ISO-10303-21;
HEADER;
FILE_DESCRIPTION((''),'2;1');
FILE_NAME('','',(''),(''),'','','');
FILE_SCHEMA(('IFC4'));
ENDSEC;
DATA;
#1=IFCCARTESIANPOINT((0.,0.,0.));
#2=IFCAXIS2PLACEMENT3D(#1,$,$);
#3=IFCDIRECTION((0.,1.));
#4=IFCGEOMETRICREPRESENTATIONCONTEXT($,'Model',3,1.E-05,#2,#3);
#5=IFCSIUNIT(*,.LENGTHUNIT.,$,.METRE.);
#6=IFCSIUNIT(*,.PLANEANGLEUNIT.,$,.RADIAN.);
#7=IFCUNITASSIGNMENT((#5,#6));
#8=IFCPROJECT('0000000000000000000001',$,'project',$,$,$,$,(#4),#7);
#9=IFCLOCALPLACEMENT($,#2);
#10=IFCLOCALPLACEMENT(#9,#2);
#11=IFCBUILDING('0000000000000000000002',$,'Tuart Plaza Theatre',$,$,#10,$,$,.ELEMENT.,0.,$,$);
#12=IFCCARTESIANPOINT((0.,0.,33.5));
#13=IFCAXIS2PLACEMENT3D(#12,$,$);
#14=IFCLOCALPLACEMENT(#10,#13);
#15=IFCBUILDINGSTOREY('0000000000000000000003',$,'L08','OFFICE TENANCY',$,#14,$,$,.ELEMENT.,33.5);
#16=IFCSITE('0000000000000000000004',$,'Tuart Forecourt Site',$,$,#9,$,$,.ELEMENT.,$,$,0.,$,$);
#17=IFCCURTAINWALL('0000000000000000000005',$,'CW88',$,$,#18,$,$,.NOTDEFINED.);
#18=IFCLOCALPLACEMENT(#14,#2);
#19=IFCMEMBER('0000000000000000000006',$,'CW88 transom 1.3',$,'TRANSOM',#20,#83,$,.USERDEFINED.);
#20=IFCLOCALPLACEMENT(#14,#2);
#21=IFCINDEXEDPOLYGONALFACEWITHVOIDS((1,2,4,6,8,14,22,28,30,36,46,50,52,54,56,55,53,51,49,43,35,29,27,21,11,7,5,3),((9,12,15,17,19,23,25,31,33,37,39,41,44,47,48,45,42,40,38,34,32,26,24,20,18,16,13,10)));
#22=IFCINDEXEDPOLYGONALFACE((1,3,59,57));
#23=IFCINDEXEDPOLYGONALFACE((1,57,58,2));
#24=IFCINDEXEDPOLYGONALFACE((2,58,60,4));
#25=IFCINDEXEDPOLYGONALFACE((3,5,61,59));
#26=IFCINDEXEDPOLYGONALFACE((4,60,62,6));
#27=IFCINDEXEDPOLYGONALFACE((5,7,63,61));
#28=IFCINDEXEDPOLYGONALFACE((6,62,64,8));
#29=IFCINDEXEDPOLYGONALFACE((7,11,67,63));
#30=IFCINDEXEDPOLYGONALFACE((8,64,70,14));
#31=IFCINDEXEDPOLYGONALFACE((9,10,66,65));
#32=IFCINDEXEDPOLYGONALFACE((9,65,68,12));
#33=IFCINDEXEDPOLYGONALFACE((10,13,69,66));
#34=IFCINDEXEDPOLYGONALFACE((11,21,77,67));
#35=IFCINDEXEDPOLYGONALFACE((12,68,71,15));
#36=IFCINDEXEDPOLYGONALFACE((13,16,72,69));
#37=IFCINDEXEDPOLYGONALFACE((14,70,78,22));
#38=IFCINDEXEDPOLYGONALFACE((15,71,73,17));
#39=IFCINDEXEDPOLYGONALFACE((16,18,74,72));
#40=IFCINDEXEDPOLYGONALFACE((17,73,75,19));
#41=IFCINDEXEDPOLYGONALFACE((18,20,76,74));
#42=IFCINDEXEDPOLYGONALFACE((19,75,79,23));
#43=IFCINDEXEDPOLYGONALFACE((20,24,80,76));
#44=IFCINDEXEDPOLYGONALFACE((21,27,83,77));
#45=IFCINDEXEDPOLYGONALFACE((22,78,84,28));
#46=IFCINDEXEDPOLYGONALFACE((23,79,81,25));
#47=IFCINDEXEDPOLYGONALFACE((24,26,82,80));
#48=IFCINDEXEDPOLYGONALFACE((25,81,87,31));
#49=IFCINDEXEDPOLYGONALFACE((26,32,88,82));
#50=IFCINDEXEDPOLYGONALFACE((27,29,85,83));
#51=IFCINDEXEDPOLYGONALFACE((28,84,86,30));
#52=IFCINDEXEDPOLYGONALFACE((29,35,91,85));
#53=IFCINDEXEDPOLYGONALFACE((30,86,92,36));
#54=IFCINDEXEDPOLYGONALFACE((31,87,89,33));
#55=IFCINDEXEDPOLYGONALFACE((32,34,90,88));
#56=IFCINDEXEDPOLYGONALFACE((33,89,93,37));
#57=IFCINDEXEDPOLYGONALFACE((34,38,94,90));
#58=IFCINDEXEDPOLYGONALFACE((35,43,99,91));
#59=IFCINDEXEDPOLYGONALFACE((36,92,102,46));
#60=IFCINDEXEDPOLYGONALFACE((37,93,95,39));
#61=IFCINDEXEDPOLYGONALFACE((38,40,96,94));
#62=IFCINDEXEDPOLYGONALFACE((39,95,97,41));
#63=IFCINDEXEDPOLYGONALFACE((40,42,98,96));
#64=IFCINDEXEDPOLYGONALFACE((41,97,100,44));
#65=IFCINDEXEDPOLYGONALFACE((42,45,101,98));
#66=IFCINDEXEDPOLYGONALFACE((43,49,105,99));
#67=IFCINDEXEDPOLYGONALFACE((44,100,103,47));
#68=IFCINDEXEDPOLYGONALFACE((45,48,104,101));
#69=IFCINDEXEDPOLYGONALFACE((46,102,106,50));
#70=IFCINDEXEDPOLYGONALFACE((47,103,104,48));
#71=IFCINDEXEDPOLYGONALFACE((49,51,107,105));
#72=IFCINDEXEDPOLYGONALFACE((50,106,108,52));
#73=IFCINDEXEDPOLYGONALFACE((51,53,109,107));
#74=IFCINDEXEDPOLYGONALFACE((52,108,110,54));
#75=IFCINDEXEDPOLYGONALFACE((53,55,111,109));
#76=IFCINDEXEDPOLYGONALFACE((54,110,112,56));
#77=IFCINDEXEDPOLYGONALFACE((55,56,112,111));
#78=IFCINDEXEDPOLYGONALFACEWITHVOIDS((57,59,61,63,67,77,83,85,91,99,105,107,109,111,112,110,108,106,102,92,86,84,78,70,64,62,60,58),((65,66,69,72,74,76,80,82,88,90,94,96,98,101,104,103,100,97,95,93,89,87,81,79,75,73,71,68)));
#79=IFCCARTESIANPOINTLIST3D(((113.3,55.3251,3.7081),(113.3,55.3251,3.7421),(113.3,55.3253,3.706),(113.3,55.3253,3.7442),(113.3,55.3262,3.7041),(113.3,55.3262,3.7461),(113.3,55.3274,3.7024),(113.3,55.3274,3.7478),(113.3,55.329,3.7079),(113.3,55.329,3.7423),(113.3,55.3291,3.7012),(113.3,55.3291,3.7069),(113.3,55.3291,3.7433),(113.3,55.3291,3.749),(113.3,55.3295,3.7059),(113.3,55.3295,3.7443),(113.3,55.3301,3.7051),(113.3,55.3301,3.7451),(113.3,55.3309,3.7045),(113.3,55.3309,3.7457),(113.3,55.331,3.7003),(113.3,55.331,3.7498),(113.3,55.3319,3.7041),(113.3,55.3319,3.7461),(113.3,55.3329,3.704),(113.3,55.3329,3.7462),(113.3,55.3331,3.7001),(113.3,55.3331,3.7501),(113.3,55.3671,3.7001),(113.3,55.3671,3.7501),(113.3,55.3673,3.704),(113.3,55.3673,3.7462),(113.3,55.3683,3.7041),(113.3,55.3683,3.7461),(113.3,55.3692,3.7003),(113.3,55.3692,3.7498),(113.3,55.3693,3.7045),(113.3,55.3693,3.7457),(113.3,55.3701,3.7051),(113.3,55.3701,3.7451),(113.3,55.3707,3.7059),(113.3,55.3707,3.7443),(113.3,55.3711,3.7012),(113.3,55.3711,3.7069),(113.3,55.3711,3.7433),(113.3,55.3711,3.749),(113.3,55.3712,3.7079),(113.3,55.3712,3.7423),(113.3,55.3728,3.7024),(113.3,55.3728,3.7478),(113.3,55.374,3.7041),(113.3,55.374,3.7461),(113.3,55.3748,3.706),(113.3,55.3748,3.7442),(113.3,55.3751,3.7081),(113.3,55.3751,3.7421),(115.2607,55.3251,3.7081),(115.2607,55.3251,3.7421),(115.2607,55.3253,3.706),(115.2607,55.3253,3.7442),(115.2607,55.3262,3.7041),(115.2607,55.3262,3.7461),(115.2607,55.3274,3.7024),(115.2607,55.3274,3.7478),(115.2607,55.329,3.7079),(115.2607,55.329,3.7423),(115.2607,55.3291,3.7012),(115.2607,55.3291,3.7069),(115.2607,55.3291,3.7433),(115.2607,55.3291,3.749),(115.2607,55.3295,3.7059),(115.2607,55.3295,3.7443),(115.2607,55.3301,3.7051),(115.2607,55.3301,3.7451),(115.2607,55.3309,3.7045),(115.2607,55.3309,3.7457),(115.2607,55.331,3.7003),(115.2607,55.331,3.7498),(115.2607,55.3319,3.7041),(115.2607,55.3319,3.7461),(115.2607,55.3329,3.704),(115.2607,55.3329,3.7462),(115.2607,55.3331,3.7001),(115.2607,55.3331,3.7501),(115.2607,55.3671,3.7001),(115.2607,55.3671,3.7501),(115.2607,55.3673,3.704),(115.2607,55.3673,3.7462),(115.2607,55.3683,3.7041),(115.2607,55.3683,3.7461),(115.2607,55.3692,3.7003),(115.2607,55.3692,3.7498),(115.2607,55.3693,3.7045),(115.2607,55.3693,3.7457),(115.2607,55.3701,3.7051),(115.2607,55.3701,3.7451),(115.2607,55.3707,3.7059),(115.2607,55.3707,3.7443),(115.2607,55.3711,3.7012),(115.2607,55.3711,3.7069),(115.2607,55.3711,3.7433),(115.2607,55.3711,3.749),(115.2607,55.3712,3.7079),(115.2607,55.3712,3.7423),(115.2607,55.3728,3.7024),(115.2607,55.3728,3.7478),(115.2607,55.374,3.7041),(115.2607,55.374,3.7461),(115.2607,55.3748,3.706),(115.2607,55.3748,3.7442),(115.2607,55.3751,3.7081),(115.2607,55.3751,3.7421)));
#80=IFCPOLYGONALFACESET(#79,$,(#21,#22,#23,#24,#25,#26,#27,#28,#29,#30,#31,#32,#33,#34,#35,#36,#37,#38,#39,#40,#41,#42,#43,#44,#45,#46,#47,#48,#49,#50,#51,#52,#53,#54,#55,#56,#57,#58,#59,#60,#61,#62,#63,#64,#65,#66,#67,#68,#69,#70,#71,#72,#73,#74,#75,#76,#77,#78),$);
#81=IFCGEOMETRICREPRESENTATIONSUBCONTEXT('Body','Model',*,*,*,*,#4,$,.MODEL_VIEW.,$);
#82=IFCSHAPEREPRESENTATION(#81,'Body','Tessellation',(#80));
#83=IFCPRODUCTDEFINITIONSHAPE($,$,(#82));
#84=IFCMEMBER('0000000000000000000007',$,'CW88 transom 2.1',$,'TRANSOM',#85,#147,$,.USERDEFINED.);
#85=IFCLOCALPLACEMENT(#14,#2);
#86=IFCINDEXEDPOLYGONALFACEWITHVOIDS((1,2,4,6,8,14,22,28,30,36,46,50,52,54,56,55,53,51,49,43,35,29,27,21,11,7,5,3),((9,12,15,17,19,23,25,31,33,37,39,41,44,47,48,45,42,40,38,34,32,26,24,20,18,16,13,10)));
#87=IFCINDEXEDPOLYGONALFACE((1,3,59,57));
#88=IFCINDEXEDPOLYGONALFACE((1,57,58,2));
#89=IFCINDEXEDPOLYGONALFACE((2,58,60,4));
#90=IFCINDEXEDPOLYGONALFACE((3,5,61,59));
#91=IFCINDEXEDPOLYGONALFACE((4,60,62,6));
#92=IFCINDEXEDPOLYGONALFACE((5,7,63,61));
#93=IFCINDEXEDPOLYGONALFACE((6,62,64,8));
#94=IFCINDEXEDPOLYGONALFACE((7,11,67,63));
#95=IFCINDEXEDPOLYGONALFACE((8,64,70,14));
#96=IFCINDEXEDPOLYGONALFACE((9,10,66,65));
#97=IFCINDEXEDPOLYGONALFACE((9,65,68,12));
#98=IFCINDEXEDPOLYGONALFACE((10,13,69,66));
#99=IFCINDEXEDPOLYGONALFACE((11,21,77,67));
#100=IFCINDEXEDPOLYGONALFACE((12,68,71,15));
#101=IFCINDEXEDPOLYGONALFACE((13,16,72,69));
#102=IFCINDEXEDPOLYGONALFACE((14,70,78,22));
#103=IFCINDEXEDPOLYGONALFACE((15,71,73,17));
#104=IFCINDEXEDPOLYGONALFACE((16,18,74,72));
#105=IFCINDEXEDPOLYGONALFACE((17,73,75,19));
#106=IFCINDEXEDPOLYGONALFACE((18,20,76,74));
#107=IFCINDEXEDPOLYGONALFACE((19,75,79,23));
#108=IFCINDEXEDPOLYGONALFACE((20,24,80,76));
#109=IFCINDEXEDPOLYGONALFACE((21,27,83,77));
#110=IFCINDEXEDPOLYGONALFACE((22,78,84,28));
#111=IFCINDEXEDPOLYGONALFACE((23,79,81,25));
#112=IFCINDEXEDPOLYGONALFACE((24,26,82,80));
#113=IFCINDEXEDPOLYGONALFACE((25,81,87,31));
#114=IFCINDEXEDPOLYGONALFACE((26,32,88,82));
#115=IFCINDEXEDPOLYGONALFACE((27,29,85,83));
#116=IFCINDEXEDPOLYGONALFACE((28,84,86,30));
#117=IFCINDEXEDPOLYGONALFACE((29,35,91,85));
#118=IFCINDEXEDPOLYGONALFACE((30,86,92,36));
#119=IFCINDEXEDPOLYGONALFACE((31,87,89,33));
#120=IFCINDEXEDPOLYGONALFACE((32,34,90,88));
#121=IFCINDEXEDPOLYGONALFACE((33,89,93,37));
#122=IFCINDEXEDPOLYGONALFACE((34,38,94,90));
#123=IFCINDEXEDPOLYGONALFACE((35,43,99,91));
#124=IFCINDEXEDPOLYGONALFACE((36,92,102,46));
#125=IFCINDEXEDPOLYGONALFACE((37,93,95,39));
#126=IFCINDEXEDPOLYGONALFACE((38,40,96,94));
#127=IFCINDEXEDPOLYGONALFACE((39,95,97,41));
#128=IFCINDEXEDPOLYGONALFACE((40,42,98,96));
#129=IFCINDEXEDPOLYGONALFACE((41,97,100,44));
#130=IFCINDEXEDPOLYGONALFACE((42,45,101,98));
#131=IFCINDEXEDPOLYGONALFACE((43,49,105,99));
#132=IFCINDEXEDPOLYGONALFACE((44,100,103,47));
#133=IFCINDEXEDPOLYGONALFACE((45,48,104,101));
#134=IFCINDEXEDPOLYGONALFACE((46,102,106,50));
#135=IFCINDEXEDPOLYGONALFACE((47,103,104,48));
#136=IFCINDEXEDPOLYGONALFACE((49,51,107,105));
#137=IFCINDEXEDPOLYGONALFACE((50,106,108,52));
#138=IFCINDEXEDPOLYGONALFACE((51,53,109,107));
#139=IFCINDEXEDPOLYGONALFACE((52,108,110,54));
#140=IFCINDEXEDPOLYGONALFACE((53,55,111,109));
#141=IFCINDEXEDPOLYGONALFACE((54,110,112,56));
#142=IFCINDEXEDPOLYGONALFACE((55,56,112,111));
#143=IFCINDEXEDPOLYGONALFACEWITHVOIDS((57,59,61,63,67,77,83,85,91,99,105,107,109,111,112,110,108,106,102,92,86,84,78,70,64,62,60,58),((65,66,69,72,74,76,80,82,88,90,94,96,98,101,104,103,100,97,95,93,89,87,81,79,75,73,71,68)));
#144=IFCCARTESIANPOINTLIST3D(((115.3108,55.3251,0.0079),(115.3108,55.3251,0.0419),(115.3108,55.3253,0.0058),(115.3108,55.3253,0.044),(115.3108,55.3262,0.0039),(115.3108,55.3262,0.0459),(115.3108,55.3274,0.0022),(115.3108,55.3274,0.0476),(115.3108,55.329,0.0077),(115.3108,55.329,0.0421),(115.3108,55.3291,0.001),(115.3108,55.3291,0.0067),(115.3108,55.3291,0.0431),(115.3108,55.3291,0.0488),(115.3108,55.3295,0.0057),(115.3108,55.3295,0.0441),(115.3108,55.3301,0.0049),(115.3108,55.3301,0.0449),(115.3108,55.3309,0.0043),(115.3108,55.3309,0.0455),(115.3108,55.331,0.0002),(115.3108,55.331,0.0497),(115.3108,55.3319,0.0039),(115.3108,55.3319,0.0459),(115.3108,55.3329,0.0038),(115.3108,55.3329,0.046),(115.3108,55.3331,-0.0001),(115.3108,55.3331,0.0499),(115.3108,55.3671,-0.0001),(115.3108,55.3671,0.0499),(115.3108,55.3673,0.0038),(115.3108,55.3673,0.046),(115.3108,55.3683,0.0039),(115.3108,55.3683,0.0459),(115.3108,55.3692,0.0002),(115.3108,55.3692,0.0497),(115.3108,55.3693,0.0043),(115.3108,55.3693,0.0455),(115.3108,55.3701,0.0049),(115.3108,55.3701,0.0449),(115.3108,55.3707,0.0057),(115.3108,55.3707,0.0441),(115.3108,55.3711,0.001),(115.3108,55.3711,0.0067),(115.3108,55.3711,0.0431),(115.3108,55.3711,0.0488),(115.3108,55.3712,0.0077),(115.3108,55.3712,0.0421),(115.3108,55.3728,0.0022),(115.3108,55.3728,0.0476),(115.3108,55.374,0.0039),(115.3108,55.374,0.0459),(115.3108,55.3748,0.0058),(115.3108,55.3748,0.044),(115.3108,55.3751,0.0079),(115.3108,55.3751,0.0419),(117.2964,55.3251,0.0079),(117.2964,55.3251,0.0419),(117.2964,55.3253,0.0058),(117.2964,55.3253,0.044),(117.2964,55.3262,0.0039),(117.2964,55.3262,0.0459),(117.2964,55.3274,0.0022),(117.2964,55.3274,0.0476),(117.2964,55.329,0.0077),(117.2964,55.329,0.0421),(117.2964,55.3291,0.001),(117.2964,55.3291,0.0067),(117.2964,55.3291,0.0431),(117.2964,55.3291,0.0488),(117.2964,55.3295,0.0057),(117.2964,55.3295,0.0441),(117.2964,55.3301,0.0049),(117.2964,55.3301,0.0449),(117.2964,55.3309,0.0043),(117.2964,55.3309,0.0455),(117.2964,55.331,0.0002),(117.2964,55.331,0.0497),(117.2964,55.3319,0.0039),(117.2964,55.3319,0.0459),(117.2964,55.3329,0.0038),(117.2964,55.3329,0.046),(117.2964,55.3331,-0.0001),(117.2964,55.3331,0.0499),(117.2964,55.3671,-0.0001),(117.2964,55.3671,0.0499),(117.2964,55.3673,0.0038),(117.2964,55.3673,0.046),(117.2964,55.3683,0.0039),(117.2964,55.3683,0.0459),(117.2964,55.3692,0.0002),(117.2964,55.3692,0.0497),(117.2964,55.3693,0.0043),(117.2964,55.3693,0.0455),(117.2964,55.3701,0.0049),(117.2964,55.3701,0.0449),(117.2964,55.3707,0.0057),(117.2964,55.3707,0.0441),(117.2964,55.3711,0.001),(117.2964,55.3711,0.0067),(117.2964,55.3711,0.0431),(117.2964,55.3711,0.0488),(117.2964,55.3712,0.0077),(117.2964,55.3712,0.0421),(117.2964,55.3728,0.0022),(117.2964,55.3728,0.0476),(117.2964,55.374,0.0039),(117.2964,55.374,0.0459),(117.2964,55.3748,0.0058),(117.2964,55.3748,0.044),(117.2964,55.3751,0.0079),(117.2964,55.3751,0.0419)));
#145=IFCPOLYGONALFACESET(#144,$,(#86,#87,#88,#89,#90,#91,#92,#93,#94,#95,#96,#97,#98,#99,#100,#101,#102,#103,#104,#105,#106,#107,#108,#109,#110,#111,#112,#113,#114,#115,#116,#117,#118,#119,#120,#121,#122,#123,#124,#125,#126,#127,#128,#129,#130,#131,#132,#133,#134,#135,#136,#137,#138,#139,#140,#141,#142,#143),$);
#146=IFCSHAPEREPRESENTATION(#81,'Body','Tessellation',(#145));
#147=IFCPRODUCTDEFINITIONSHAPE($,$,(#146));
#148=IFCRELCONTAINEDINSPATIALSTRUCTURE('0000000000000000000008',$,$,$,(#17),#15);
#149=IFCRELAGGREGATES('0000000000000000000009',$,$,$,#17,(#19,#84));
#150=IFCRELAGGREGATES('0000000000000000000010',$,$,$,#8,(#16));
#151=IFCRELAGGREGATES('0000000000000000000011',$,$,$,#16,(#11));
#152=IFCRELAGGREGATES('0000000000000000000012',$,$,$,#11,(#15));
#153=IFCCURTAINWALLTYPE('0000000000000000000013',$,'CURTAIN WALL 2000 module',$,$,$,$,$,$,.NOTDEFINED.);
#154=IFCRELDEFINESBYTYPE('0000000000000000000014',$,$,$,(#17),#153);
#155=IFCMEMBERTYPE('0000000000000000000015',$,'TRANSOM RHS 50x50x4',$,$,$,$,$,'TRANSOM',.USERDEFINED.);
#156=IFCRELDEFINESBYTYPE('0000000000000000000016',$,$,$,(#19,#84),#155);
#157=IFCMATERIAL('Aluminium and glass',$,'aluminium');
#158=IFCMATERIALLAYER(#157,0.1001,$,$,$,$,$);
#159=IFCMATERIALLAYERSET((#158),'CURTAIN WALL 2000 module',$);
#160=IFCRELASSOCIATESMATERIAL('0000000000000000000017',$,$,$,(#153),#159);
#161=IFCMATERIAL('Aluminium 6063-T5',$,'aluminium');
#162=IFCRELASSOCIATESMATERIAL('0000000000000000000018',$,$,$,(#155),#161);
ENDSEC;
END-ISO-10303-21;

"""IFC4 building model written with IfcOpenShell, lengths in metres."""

from ifc_helpers import new_model, si_unit, direction, frame, origin, origin_2d, place, context, subcontext, project, spatial, hollow_rectangle, extrude, material, layer, layer_set, material_profile, profile_set, type_object, element, aggregate, save


model = new_model("IFC4")

# Units and contexts
model_context = context("Model", 3, precision=1e-05, world=origin(), true_north=direction((0.0, 1.0)))
body_context = subcontext(model_context, "Body", "Model", "MODEL_VIEW")
ifc_project = project(units=[si_unit("LENGTHUNIT", "METRE"), si_unit("PLANEANGLEUNIT", "RADIAN")], contexts=[model_context])

# Site, building, storey
site_placement = place(None, origin())
site = spatial("IfcSite", under=ifc_project, at=site_placement, Name="Tuart Forecourt Site", CompositionType="ELEMENT", RefElevation=0.0)
building_placement = place(site_placement, origin())
building = spatial("IfcBuilding", under=site, at=building_placement, Name="Tuart Plaza Theatre", CompositionType="ELEMENT", ElevationOfRefHeight=0.0)
storey_placement = place(building_placement, frame((0.0, 0.0, 33.5)))
storey = spatial("IfcBuildingStorey", under=building, at=storey_placement, Name="L08", Description="OFFICE TENANCY", CompositionType="ELEMENT", Elevation=33.5)

# Curtain wall
ifc_material_1 = material(Name="Aluminium and glass", Category="aluminium")
ifc_layer_1 = layer(ifc_material_1, 0.1001)
ifc_layer_set_1 = layer_set([ifc_layer_1], Name="CURTAIN WALL 2000 module")
curtain_wall_type = type_object("IfcCurtainWallType", Name="CURTAIN WALL 2000 module", PredefinedType="NOTDEFINED", material=ifc_layer_set_1)
curtain_wall_1_placement = place(storey_placement, origin())
curtain_wall_1 = element("IfcCurtainWall", 1, at=curtain_wall_1_placement, inside=storey, type_object=curtain_wall_type, Name="CW88", PredefinedType="NOTDEFINED")

# Members
ifc_material_2 = material(Name="Aluminium 6063-T5", Category="aluminium")
ifc_material_profile_1 = material_profile(ifc_material_2, hollow_rectangle(XDim=0.05, YDim=0.05, WallThickness=0.0039, InnerFilletRadius=0.0039, OuterFilletRadius=0.0081, at=origin_2d()), Name="RHS 50x50x4")
ifc_profile_set_1 = profile_set([ifc_material_profile_1], Name="Aluminium 6063-T5")
member_type_1 = type_object("IfcMemberType", Name="TRANSOM RHS 50x50x4", ElementType="TRANSOM", PredefinedType="USERDEFINED", material=ifc_profile_set_1)
member_1_placement = place(storey_placement, frame((113.3, 55.3501, 3.7251), z_axis=(1.0, 0.0, 0.0), x_axis=(0.0, 1.0, 0.0)))
member_1 = element("IfcMember", 2, at=member_1_placement, type_object=member_type_1, Name="CW88 transom 1.3", ObjectType="TRANSOM", PredefinedType="USERDEFINED", context=body_context, shape_type="SweptSolid", body=[
    extrude(hollow_rectangle(XDim=0.05, YDim=0.05, WallThickness=0.0039, InnerFilletRadius=0.0039, OuterFilletRadius=0.0081, at=origin_2d()), origin(), (0.0, 0.0, 1.0), 1.9607),
])
member_2_placement = place(storey_placement, frame((115.3108, 55.3501, 0.0249), z_axis=(1.0, 0.0, 0.0), x_axis=(0.0, 1.0, 0.0)))
member_2 = element("IfcMember", 3, at=member_2_placement, type_object=member_type_1, Name="CW88 transom 2.1", ObjectType="TRANSOM", PredefinedType="USERDEFINED", context=body_context, shape_type="SweptSolid", body=[
    extrude(hollow_rectangle(XDim=0.05, YDim=0.05, WallThickness=0.0039, InnerFilletRadius=0.0039, OuterFilletRadius=0.0081, at=origin_2d()), origin(), (0.0, 0.0, 1.0), 1.9856),
])

aggregate(curtain_wall_1, [member_1, member_2])

save(model, "model.ifc")
